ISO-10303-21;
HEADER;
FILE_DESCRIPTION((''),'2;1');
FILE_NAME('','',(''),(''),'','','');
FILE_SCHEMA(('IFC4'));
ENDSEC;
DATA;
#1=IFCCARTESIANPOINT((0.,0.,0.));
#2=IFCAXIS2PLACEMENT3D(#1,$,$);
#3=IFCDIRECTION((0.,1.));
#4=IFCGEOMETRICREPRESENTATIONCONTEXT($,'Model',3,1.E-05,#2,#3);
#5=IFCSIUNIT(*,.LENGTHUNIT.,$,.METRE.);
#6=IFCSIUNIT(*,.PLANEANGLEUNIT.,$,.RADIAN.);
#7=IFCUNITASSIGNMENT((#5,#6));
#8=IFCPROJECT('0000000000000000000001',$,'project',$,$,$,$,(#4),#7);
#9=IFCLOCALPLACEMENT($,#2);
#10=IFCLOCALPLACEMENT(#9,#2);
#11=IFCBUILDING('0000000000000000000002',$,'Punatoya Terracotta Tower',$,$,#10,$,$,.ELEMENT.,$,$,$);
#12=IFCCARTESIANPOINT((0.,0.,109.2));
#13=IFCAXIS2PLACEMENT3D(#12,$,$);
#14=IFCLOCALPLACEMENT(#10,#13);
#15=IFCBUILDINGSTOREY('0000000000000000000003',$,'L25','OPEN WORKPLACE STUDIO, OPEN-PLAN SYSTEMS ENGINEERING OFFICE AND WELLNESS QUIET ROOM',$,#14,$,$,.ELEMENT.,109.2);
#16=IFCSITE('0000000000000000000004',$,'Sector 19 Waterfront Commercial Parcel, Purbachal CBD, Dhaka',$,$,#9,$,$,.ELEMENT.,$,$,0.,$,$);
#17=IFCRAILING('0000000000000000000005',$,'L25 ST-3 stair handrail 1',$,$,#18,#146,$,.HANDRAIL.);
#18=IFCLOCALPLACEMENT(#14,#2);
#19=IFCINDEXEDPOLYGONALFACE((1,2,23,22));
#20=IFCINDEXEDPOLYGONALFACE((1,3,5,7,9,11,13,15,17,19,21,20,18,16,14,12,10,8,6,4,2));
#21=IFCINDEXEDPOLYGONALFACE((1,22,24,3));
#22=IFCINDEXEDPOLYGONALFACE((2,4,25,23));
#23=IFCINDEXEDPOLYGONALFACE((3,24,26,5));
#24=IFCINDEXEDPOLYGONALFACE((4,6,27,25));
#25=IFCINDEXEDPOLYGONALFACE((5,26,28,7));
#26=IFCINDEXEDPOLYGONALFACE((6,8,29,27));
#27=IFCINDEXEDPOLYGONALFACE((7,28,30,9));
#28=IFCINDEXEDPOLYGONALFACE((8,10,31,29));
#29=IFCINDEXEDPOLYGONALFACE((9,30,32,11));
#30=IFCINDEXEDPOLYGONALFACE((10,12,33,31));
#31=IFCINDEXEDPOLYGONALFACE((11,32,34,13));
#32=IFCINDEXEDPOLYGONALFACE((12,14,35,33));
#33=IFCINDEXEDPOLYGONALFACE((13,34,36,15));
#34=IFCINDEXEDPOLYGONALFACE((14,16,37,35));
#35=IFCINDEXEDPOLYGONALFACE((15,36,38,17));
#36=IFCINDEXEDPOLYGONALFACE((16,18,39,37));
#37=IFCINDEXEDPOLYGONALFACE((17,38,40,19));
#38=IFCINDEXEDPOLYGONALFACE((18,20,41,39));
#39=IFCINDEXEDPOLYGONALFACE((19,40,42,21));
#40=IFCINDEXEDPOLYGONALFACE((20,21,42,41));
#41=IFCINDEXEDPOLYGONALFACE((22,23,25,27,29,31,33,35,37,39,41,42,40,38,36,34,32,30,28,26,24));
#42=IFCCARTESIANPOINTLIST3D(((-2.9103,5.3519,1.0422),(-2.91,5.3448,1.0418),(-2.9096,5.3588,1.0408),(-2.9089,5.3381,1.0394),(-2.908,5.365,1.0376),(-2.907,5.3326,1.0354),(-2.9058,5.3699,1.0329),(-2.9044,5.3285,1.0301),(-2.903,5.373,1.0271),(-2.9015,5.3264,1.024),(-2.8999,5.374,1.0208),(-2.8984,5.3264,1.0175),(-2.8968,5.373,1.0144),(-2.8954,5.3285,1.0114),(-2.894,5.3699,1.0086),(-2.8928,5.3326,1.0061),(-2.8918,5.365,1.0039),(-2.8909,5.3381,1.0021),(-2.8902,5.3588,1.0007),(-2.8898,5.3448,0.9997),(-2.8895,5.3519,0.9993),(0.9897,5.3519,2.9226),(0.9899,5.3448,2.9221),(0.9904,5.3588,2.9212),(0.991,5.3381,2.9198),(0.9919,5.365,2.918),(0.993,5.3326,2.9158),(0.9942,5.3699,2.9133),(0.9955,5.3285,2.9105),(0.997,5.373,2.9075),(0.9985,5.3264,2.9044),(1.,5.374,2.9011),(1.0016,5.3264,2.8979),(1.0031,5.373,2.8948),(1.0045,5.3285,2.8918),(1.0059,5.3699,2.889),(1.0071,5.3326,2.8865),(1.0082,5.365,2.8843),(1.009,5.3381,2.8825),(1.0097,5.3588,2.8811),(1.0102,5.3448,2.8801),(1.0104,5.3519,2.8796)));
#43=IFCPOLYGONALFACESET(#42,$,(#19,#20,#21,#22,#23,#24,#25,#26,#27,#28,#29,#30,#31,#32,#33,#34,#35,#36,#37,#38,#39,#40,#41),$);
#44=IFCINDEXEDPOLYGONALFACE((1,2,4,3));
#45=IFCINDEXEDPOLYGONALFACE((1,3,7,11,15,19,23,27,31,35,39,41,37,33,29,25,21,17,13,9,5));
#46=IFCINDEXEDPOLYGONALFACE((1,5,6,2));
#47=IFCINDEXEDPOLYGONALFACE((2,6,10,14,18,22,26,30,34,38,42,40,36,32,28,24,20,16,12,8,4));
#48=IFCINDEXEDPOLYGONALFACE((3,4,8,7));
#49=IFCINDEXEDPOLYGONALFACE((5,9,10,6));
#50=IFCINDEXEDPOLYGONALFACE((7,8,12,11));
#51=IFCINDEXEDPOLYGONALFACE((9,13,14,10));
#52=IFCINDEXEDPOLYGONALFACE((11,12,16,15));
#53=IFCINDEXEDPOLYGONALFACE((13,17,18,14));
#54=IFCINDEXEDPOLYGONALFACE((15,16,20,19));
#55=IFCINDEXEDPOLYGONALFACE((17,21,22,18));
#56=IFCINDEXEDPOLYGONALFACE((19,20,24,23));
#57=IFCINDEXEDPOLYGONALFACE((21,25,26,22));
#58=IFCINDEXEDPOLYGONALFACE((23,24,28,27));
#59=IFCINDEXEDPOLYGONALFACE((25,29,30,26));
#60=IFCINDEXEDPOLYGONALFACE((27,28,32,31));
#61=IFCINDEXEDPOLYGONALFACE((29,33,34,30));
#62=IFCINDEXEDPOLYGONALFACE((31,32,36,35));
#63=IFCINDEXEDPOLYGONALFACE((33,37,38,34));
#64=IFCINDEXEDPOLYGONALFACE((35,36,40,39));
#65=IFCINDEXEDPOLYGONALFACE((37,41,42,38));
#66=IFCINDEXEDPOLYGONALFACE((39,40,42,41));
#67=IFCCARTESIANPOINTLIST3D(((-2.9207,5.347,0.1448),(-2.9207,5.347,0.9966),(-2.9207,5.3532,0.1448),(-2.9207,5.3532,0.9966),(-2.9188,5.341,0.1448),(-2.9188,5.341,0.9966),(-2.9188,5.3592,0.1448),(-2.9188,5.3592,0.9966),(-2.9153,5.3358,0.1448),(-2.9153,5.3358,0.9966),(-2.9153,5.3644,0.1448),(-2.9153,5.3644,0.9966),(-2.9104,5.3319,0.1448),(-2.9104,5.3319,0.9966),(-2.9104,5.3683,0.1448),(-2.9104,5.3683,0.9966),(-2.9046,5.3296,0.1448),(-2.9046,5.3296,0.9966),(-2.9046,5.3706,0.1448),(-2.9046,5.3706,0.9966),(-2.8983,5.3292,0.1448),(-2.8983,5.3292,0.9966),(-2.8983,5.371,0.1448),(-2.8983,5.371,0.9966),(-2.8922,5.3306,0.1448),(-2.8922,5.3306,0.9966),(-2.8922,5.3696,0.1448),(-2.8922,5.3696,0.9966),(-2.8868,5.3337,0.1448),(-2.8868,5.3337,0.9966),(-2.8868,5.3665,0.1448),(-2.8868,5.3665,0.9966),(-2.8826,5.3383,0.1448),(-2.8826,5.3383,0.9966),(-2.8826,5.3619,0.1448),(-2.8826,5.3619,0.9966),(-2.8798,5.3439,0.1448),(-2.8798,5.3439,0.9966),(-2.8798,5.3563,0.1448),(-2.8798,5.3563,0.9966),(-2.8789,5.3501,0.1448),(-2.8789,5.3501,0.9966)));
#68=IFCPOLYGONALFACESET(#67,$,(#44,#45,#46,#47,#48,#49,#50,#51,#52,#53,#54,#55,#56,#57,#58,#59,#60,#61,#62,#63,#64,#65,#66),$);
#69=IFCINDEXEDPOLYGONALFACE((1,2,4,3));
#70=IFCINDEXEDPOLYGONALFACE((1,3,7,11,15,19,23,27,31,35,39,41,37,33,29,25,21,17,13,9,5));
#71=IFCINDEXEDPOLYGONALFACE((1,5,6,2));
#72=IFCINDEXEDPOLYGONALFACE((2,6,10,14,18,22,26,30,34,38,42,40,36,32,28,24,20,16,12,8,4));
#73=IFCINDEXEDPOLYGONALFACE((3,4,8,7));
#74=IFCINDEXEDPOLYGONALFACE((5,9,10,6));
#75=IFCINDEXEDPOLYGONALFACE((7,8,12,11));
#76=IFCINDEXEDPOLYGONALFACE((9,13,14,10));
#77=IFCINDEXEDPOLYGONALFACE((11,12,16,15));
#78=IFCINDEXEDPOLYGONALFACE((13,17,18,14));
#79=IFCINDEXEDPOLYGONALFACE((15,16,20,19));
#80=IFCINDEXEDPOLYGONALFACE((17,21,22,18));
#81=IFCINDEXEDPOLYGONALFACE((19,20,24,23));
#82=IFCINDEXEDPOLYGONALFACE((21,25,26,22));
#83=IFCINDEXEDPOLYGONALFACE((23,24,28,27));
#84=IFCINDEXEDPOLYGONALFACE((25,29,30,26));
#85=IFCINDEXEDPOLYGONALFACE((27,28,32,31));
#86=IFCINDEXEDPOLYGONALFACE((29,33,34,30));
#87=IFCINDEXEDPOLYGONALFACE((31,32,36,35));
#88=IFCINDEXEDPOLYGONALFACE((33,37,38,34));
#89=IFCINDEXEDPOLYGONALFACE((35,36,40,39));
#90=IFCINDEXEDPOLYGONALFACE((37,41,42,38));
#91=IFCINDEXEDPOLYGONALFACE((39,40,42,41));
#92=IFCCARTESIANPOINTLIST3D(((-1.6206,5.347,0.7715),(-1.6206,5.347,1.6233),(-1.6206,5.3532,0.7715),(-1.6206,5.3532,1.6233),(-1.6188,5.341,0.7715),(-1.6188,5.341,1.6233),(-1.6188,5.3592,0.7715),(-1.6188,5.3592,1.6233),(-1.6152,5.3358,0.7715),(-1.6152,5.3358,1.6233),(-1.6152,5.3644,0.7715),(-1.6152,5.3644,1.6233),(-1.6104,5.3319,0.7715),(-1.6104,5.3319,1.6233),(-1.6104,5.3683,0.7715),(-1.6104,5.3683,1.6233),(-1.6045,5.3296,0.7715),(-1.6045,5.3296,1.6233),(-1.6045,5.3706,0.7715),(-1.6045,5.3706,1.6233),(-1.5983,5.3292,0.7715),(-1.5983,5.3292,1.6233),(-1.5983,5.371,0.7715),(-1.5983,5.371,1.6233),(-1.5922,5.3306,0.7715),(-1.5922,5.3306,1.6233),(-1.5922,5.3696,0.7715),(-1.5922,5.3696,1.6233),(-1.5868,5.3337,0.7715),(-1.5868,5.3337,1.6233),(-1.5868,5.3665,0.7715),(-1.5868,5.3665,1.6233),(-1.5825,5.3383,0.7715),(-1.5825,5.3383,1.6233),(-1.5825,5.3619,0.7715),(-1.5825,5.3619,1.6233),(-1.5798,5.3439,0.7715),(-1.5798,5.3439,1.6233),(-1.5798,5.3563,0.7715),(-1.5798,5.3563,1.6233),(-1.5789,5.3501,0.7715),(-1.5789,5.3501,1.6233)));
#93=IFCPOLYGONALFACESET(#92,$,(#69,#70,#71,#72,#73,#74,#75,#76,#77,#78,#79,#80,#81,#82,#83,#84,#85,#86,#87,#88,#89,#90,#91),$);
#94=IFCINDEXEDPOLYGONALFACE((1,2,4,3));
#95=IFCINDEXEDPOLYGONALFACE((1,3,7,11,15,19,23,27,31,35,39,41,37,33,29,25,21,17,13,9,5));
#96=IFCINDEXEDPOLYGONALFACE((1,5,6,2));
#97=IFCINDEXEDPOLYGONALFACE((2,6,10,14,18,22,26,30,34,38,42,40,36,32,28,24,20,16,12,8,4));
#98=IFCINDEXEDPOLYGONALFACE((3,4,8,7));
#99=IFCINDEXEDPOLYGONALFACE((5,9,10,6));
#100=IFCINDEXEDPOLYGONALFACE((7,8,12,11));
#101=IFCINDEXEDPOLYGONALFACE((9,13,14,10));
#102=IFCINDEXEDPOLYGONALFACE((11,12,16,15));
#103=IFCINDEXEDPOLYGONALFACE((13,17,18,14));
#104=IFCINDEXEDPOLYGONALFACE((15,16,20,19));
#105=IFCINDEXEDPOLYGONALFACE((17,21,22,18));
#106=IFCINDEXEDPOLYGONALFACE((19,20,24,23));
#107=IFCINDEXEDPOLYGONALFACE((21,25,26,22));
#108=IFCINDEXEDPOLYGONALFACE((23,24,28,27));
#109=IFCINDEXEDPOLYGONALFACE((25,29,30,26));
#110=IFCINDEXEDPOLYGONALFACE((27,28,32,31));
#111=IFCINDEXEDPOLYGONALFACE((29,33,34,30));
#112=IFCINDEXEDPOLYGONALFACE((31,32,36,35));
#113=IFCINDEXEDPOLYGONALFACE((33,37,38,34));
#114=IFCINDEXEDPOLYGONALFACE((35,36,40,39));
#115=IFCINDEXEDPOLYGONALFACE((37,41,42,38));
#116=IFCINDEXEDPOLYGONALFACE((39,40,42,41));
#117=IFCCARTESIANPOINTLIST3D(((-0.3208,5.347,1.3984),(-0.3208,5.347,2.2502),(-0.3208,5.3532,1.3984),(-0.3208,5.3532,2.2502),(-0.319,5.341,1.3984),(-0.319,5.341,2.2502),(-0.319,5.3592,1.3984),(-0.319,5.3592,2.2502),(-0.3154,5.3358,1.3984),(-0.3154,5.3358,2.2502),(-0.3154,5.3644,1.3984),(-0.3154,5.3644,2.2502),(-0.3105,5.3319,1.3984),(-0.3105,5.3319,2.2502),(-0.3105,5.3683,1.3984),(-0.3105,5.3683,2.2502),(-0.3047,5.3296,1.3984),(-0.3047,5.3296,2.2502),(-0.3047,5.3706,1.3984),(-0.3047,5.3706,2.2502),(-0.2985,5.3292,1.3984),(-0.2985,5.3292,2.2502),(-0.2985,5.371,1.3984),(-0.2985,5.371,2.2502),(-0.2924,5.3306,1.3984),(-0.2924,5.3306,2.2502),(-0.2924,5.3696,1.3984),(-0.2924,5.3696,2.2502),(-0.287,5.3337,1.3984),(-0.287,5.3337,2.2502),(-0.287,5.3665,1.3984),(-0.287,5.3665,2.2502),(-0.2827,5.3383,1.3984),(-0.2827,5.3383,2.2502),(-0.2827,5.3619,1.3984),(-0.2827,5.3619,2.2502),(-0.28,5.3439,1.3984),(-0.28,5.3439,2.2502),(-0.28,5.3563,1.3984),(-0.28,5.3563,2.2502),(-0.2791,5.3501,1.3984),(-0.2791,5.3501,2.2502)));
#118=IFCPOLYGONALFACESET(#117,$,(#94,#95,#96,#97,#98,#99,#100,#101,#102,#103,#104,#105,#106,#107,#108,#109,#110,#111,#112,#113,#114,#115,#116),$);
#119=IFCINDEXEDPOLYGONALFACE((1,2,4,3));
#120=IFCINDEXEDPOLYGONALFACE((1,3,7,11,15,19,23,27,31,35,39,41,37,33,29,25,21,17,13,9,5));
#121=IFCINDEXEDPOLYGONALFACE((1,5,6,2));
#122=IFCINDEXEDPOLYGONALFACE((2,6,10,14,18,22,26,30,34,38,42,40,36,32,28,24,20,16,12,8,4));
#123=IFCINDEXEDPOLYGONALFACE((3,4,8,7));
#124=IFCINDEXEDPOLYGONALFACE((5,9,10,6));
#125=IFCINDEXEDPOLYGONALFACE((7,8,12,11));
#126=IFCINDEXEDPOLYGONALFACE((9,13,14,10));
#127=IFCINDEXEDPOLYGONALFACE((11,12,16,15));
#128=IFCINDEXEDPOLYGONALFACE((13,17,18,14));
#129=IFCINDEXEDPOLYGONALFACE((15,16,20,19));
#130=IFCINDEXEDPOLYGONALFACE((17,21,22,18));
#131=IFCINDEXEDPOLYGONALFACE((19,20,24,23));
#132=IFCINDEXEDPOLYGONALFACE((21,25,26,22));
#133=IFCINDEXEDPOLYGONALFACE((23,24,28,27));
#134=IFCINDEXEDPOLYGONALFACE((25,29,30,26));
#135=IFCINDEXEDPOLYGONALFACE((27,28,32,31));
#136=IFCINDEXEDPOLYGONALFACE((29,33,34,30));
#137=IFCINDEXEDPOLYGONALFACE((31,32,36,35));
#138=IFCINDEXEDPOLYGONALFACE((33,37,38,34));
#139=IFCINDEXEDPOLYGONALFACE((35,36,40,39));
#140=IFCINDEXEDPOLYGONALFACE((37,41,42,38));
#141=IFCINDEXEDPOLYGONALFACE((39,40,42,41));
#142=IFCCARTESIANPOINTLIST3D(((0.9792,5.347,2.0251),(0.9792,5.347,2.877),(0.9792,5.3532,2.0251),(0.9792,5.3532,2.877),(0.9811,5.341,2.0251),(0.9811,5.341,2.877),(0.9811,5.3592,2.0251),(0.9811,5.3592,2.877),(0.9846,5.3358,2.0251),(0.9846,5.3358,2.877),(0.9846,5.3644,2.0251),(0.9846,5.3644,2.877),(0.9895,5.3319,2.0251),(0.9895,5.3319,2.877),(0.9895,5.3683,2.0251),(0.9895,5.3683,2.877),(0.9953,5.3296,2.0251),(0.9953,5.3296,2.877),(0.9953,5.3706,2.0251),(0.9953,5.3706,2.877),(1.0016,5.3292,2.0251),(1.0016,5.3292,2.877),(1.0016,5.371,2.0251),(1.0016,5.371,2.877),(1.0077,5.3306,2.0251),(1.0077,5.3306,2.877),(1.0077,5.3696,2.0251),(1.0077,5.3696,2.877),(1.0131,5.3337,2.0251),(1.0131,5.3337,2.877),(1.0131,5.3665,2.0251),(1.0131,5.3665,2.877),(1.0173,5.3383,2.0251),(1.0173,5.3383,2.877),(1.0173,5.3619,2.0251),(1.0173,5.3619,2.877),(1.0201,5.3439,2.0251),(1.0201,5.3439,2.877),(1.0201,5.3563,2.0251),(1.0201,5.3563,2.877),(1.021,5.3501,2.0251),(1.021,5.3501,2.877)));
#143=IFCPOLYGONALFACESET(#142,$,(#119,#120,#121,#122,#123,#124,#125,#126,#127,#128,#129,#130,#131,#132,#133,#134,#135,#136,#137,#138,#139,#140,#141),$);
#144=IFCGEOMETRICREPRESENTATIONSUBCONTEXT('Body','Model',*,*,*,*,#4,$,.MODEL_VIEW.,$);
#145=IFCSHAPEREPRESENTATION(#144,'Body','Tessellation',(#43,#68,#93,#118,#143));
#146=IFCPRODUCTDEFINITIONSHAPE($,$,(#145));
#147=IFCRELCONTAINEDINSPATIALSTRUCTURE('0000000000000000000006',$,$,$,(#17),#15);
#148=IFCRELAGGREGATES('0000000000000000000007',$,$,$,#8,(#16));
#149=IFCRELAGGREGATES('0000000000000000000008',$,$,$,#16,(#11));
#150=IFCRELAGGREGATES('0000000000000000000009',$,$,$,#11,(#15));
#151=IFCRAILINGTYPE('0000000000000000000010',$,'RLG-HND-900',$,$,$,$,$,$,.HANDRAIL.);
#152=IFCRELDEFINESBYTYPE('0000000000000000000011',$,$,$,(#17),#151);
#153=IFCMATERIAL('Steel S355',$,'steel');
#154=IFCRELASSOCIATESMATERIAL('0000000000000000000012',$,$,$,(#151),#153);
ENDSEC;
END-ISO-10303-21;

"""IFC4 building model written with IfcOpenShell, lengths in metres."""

from ifc_helpers import new_model, si_unit, direction, frame, origin, origin_2d, place, context, subcontext, project, spatial, circle, extrude, material, type_object, element, save


model = new_model("IFC4")

# Units and contexts
model_context = context("Model", 3, precision=1e-05, world=origin(), true_north=direction((0.0, 1.0)))
body_context = subcontext(model_context, "Body", "Model", "MODEL_VIEW")
ifc_project = project(units=[si_unit("LENGTHUNIT", "METRE"), si_unit("PLANEANGLEUNIT", "RADIAN")], contexts=[model_context])

# Site, building, storey
site_placement = place(None, origin())
site = spatial("IfcSite", under=ifc_project, at=site_placement, Name="Sector 19 Waterfront Commercial Parcel, Purbachal CBD, Dhaka", CompositionType="ELEMENT", RefElevation=0.0)
building_placement = place(site_placement, origin())
building = spatial("IfcBuilding", under=site, at=building_placement, Name="Punatoya Terracotta Tower", CompositionType="ELEMENT")
storey_placement = place(building_placement, frame((0.0, 0.0, 109.2)))
storey = spatial("IfcBuildingStorey", under=building, at=storey_placement, Name="L25", Description="OPEN WORKPLACE STUDIO, OPEN-PLAN SYSTEMS ENGINEERING OFFICE AND WELLNESS QUIET ROOM", CompositionType="ELEMENT", Elevation=109.2)

# Shared definitions
ifc_material_1 = material(Name="Steel S355", Category="steel")

# Railing
railing_type_1 = type_object("IfcRailingType", Name="RLG-HND-900", PredefinedType="HANDRAIL", material=ifc_material_1)
railing_1_placement = place(storey_placement, frame((-2.8999, 5.3501, 0.1448)))
element("IfcRailing", 1, at=railing_1_placement, inside=storey, type_object=railing_type_1, Name="L25 ST-3 stair handrail 1", PredefinedType="HANDRAIL", context=body_context, shape_type="SweptSolid", body=[
    extrude(circle(Radius=0.0239, at=origin_2d()), frame((0.0, 0.0, 0.876), z_axis=(0.900763, 0.0, 0.434311), x_axis=(0.0, 1.0, 0.0)), (0.0, 0.0, 1.0), 4.3296),
    extrude(circle(Radius=0.021, at=origin_2d()), origin(), (0.0, 0.0, 1.0), 0.8518),
    extrude(circle(Radius=0.021, at=origin_2d()), frame((1.3, 0.0, 0.6267)), (0.0, 0.0, 1.0), 0.8518),
    extrude(circle(Radius=0.021, at=origin_2d()), frame((2.5999, 0.0, 1.2537)), (0.0, 0.0, 1.0), 0.8518),
    extrude(circle(Radius=0.021, at=origin_2d()), frame((3.8999, 0.0, 1.8804)), (0.0, 0.0, 1.0), 0.8518),
])

save(model, "model.ifc")
